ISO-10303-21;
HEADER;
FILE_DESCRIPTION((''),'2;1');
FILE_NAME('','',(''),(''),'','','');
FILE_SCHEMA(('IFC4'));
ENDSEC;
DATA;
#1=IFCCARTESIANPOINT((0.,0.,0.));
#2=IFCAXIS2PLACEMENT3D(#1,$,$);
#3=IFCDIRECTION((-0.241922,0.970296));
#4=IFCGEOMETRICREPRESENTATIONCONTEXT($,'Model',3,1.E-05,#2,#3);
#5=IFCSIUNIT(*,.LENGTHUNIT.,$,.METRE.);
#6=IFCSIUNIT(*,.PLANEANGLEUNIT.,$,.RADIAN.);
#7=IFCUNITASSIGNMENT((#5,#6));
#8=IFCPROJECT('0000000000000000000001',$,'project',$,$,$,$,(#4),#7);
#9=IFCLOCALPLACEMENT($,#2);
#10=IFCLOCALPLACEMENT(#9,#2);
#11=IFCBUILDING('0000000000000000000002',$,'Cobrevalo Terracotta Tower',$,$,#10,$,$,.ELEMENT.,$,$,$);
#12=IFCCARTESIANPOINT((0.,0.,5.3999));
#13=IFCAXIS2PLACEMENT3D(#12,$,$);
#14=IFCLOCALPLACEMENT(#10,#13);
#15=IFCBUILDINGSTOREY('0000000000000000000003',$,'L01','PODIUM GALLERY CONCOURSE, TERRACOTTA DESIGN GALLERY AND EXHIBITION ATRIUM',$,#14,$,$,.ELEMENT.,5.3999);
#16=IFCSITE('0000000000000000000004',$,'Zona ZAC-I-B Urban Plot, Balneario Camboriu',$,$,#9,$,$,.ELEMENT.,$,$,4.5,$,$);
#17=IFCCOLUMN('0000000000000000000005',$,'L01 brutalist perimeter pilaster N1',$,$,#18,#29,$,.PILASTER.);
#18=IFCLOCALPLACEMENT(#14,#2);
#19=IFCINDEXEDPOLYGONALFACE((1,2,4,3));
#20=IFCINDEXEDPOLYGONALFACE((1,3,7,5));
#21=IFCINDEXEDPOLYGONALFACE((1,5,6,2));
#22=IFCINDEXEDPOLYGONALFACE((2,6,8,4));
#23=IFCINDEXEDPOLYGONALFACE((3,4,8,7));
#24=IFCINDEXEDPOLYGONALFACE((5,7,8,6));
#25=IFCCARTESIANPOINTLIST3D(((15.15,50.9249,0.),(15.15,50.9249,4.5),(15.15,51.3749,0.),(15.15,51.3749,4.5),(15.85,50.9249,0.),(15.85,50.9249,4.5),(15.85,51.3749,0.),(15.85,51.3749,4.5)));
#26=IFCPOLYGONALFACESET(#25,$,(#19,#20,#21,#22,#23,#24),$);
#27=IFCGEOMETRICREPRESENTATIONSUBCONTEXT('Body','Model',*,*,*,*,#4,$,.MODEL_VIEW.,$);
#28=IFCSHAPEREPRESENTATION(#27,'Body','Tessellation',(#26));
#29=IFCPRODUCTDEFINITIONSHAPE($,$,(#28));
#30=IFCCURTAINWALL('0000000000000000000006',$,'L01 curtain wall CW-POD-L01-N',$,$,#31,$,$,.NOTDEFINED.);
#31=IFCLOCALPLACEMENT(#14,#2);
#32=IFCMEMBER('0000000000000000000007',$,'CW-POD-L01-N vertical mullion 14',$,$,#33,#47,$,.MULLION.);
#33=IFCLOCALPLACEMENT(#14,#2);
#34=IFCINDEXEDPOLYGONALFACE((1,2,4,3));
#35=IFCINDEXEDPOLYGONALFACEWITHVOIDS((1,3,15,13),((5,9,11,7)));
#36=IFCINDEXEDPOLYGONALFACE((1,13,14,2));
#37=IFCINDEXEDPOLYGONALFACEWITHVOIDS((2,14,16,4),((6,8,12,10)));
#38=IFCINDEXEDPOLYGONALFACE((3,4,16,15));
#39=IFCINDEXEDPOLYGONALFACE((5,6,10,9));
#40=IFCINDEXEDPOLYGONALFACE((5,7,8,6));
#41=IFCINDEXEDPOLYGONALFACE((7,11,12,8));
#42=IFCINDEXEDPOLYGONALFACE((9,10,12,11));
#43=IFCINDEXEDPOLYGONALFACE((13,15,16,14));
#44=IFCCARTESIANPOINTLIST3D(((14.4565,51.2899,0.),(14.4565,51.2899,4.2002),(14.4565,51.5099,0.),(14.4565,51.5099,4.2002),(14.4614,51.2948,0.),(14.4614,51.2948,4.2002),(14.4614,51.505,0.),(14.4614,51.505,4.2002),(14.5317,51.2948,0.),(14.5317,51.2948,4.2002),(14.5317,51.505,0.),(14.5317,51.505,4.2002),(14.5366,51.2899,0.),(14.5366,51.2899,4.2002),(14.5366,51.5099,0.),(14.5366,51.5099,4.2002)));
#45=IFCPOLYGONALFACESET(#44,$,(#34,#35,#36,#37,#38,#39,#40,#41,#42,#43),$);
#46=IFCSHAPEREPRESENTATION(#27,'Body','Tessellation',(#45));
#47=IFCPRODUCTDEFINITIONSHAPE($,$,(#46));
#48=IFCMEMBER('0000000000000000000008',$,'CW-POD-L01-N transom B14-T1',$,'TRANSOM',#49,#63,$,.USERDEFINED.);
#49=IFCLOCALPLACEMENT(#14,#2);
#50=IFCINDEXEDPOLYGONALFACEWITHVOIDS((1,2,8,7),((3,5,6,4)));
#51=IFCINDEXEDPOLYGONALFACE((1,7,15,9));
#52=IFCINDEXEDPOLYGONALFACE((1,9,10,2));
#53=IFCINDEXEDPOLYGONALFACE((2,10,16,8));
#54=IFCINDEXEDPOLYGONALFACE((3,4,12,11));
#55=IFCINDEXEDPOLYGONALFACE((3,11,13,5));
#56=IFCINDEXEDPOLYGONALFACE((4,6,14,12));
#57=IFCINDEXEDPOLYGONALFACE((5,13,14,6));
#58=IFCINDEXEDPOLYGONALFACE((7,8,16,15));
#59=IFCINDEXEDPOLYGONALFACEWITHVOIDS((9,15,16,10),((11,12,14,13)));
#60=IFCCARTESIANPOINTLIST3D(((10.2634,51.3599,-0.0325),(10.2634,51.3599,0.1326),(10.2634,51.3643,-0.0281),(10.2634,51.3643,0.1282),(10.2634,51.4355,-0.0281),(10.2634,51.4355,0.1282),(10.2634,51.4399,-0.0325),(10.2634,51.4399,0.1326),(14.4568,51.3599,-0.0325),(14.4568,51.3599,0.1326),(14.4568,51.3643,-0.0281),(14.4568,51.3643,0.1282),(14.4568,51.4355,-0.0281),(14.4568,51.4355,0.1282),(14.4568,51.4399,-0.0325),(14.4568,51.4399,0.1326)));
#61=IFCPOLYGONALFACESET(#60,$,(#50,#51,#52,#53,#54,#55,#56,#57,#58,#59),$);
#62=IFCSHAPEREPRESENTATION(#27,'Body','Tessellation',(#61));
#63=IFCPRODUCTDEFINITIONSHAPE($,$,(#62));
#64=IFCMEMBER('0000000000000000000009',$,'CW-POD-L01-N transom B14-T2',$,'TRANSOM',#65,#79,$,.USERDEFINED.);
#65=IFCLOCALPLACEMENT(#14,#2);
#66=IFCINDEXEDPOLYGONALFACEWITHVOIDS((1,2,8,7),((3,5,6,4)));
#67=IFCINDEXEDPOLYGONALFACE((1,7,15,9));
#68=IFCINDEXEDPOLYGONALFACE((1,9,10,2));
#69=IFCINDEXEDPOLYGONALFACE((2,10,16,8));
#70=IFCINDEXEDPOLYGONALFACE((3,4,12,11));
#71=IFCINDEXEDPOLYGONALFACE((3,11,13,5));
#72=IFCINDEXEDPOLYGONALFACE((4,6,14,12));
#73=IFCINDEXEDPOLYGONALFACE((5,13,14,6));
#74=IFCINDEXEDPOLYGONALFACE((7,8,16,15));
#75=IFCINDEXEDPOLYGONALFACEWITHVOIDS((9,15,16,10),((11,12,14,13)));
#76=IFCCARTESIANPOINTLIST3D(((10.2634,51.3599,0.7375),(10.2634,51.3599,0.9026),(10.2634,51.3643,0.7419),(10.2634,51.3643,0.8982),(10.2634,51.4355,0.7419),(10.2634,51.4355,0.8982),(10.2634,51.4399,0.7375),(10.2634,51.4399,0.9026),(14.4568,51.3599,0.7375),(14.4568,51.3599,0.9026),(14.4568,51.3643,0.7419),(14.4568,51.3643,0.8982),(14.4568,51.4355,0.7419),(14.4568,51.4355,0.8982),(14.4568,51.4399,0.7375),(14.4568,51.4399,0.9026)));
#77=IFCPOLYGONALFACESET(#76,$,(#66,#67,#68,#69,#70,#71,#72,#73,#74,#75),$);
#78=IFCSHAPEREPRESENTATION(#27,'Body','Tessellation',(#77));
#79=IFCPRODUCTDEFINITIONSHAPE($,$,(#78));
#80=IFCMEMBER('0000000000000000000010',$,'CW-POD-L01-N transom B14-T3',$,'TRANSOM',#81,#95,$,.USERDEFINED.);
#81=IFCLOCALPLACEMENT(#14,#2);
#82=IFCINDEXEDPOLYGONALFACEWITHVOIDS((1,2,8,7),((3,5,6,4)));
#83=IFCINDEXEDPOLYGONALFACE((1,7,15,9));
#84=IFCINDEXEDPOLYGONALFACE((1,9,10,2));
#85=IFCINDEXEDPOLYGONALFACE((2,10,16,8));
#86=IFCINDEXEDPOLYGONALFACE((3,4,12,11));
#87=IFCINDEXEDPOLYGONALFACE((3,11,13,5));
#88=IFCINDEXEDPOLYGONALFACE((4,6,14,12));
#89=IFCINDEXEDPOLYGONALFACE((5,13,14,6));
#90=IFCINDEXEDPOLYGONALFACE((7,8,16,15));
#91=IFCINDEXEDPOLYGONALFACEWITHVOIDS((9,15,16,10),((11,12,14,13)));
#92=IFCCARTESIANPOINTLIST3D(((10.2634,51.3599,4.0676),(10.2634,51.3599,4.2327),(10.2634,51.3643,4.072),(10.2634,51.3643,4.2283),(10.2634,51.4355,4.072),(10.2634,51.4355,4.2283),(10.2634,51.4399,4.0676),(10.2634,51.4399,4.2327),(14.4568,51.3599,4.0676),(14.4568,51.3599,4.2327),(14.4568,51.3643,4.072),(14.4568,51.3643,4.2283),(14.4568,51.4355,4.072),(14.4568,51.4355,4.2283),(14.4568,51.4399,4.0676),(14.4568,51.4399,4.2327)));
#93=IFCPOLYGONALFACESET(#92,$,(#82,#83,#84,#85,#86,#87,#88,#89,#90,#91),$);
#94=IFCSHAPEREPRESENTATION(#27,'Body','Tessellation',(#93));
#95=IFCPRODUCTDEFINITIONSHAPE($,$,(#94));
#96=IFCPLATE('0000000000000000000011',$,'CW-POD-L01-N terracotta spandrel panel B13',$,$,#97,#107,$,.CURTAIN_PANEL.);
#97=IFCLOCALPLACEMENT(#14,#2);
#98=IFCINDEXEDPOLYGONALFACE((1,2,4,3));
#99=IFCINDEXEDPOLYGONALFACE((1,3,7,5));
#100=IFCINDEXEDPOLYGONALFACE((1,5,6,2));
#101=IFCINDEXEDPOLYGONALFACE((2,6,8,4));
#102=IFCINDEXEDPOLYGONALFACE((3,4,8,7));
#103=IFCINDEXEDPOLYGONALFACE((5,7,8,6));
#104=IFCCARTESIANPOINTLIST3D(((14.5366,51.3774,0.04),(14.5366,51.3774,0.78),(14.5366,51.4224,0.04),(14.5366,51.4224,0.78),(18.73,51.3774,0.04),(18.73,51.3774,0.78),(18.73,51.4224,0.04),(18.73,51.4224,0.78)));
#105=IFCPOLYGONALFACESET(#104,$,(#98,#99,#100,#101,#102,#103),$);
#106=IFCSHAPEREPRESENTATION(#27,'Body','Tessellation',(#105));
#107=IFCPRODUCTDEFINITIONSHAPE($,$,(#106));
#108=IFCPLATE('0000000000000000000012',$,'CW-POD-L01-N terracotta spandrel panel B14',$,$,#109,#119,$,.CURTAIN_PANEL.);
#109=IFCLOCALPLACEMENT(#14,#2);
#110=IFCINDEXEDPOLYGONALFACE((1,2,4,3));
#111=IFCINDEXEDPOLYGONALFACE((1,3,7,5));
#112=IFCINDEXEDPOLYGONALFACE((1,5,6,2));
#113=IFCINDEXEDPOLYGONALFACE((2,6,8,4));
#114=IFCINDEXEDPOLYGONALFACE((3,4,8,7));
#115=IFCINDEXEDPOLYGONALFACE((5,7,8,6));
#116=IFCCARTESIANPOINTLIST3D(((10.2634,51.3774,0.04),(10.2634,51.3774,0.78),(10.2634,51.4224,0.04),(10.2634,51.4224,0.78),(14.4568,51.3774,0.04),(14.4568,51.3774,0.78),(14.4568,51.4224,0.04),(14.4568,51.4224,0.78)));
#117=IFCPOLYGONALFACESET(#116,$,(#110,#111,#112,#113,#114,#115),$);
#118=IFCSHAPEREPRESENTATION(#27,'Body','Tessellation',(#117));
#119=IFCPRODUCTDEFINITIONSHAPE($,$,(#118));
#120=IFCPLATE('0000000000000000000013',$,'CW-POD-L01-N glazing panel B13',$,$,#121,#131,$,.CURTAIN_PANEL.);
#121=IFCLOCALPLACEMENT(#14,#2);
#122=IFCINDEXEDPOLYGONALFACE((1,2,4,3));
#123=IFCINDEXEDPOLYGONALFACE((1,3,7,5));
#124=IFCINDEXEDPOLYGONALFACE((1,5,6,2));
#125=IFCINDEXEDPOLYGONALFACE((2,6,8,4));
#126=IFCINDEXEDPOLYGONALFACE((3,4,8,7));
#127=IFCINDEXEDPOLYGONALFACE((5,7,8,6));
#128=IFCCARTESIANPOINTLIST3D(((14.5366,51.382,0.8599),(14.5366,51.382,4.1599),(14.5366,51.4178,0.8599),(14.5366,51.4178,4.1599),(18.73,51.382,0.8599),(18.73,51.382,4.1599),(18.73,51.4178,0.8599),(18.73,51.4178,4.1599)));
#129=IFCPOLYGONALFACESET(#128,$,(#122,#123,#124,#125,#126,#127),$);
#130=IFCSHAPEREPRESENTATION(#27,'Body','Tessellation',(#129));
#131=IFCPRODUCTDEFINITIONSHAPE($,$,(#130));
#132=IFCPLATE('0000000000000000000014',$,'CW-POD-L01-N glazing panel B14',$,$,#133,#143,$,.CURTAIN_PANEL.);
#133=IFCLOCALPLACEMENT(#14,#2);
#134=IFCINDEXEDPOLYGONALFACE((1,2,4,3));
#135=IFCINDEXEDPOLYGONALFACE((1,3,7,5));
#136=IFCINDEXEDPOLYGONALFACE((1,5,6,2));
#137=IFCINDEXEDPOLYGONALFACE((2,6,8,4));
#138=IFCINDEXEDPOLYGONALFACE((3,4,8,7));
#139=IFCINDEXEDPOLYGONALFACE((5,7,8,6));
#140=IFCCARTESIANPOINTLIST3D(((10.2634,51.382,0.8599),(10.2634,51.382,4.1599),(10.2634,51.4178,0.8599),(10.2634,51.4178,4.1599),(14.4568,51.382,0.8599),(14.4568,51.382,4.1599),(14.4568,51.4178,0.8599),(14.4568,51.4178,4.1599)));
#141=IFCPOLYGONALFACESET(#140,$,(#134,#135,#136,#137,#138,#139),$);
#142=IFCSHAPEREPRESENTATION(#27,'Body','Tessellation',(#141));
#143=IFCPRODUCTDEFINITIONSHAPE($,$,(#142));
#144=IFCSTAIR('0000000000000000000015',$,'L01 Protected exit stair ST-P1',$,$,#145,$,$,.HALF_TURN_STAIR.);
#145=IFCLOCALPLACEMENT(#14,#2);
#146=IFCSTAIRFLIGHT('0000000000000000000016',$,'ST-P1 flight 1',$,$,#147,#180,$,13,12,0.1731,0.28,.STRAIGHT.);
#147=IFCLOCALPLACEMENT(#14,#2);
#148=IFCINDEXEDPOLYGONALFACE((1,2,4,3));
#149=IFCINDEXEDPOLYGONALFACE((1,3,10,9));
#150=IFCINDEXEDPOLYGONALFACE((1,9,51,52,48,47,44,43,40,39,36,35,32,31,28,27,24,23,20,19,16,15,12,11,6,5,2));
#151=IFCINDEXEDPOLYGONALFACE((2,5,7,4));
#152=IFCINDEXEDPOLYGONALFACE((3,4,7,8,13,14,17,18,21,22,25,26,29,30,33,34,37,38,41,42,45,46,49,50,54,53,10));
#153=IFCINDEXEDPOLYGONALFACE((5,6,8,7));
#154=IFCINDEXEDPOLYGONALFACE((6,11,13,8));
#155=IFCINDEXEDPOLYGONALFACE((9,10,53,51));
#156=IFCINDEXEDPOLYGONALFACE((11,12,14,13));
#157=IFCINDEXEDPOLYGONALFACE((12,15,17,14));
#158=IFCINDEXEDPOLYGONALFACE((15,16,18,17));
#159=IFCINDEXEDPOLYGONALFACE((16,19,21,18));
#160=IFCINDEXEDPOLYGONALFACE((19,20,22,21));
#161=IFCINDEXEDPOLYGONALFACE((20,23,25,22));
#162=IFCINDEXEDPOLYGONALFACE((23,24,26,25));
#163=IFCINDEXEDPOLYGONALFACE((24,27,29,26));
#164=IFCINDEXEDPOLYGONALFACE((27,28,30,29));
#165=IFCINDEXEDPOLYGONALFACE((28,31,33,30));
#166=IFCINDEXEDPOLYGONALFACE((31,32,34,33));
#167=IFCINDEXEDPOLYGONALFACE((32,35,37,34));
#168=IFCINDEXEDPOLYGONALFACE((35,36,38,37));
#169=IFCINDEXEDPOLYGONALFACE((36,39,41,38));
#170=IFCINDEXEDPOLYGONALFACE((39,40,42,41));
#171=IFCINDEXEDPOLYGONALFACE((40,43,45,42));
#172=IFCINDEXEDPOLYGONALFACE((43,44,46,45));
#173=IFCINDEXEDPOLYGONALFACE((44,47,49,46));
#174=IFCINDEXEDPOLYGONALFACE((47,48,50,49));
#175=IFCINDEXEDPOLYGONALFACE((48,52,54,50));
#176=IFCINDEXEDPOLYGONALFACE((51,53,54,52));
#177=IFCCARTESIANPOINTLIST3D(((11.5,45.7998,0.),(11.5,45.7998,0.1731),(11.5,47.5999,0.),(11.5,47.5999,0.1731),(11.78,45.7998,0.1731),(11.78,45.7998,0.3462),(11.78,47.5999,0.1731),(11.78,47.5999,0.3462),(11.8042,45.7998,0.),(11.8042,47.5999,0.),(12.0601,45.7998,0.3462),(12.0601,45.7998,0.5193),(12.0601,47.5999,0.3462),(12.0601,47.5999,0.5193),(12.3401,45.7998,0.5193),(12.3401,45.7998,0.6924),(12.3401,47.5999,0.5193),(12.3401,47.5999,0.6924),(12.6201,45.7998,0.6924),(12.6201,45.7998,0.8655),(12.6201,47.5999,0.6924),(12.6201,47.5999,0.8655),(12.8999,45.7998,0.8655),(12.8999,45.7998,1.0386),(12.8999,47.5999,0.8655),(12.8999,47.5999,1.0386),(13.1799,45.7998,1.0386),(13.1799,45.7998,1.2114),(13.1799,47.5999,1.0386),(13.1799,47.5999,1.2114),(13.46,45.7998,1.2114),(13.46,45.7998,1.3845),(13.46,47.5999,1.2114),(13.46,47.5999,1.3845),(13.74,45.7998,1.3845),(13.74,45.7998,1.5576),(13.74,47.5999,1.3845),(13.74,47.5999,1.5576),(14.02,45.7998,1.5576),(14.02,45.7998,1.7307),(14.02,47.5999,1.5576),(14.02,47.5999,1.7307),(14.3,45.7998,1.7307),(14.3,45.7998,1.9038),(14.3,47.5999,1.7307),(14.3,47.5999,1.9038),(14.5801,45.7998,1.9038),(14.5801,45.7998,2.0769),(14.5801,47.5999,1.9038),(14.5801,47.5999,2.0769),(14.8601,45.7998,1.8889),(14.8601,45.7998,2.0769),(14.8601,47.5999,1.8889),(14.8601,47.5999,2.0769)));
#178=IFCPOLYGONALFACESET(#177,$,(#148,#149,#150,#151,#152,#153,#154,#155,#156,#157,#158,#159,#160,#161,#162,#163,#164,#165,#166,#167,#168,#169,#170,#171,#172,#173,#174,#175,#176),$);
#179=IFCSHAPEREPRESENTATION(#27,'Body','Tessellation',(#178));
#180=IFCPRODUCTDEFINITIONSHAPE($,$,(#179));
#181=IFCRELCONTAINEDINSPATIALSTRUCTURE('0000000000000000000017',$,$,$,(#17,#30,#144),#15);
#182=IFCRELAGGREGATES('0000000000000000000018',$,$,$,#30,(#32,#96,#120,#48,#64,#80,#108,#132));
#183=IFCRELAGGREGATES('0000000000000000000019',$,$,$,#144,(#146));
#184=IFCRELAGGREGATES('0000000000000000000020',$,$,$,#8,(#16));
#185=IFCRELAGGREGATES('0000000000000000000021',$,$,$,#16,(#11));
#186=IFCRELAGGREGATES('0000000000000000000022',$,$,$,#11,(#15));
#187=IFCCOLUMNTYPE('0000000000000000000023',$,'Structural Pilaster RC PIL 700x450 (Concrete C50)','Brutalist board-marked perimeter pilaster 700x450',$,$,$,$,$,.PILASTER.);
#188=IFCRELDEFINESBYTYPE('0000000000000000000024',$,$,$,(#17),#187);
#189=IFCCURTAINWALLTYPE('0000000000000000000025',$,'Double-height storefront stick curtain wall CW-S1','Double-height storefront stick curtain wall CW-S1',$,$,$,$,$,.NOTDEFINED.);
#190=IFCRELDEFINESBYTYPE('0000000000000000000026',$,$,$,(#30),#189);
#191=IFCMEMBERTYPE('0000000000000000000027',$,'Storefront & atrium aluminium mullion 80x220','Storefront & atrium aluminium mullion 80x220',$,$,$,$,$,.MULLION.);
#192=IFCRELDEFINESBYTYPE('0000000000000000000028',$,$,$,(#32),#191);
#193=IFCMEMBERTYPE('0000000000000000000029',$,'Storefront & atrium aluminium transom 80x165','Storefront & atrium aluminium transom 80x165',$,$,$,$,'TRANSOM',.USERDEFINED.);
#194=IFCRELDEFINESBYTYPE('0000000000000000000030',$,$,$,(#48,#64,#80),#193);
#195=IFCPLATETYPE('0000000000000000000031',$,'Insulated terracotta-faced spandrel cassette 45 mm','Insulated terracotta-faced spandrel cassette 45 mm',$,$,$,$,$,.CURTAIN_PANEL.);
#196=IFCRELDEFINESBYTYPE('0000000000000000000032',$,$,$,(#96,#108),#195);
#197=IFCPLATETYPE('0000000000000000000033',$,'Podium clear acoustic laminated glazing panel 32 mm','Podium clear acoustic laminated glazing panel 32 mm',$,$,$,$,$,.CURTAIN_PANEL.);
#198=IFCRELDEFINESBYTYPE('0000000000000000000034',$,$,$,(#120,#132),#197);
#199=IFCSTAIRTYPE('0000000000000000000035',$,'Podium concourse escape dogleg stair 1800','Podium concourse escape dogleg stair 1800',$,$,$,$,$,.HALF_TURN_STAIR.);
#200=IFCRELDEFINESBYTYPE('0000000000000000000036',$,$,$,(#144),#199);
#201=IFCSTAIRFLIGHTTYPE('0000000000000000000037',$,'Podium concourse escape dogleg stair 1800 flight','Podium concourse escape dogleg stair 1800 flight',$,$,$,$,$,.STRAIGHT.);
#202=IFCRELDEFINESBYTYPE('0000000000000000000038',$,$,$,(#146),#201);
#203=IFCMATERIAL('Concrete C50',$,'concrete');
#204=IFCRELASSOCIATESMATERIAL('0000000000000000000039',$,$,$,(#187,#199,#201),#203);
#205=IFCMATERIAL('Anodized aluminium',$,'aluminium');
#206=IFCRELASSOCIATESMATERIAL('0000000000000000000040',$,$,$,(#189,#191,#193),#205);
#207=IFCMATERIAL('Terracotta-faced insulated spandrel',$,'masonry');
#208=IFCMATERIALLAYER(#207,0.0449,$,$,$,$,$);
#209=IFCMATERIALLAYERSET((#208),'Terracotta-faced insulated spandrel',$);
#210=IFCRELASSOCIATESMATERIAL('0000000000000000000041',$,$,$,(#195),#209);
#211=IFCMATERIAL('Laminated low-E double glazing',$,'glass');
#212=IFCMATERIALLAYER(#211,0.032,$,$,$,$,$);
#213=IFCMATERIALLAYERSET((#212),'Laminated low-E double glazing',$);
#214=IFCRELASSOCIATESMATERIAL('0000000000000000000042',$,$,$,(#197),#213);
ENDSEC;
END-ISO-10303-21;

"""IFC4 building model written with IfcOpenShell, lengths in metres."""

from ifc_helpers import new_model, si_unit, direction, frame, origin, origin_2d, place, context, subcontext, project, spatial, polyline, rectangle, hollow_rectangle, outline, extrude, source, transform, mapped, material, layer, layer_set, material_profile, profile_set, type_object, element, aggregate, save


model = new_model("IFC4")

# Units and contexts
model_context = context("Model", 3, precision=1e-05, world=origin(), true_north=direction((-0.241922, 0.970296)))
body_context = subcontext(model_context, "Body", "Model", "MODEL_VIEW")
ifc_project = project(units=[si_unit("LENGTHUNIT", "METRE"), si_unit("PLANEANGLEUNIT", "RADIAN")], contexts=[model_context])

# Site, building, storey
site_placement = place(None, origin())
site = spatial("IfcSite", under=ifc_project, at=site_placement, Name="Zona ZAC-I-B Urban Plot, Balneario Camboriu", CompositionType="ELEMENT", RefElevation=4.5)
building_placement = place(site_placement, origin())
building = spatial("IfcBuilding", under=site, at=building_placement, Name="Cobrevalo Terracotta Tower", CompositionType="ELEMENT")
storey_placement = place(building_placement, frame((0.0, 0.0, 5.3999)))
storey = spatial("IfcBuildingStorey", under=building, at=storey_placement, Name="L01", Description="PODIUM GALLERY CONCOURSE, TERRACOTTA DESIGN GALLERY AND EXHIBITION ATRIUM", CompositionType="ELEMENT", Elevation=5.3999)

# Column
ifc_material_1 = material(Name="Concrete C50", Category="concrete")
ifc_material_profile_1 = material_profile(ifc_material_1, rectangle(XDim=0.7, YDim=0.45, at=origin_2d()), Name="RC PIL 700x450")
ifc_profile_set_1 = profile_set([ifc_material_profile_1], Name="Concrete C50")
column_type = type_object("IfcColumnType", Name="Structural Pilaster RC PIL 700x450 (Concrete C50)", Description="Brutalist board-marked perimeter pilaster 700x450", PredefinedType="PILASTER", material=ifc_profile_set_1)
column_placement = place(storey_placement, frame((15.5, 51.1499, 0.0), z_axis=(0.0, 0.0, 1.0), x_axis=(1.0, 0.0, 0.0)))
element("IfcColumn", 1, at=column_placement, inside=storey, type_object=column_type, Name="L01 brutalist perimeter pilaster N1", PredefinedType="PILASTER", context=body_context, shape_type="SweptSolid", body=[
    extrude(rectangle(XDim=0.7, YDim=0.45, at=origin_2d()), origin(), (0.0, 0.0, 1.0), 4.5),
])

# Curtain wall, members, plates
ifc_material_2 = material(Name="Anodized aluminium", Category="aluminium")
curtain_wall_type = type_object("IfcCurtainWallType", Name="Double-height storefront stick curtain wall CW-S1", Description="Double-height storefront stick curtain wall CW-S1", PredefinedType="NOTDEFINED", material=ifc_material_2)
curtain_wall_placement = place(storey_placement, origin())
curtain_wall = element("IfcCurtainWall", 2, at=curtain_wall_placement, inside=storey, type_object=curtain_wall_type, Name="L01 curtain wall CW-POD-L01-N", PredefinedType="NOTDEFINED")
ifc_material_profile_2 = material_profile(ifc_material_2, hollow_rectangle(XDim=0.0801, YDim=0.22, WallThickness=0.0049, at=origin_2d()), Name="CWM 80x220")
ifc_profile_set_2 = profile_set([ifc_material_profile_2], Name="Anodized aluminium")
member_type_1 = type_object("IfcMemberType", Name="Storefront & atrium aluminium mullion 80x220", Description="Storefront & atrium aluminium mullion 80x220", PredefinedType="MULLION", material=ifc_profile_set_2)
shared_shape_1 = source(origin(), body_context, "Body", "SweptSolid", [
    extrude(hollow_rectangle(XDim=0.0801, YDim=0.22, WallThickness=0.0049, at=origin_2d()), origin(), (0.0, 0.0, 1.0), 4.2002),
])
member_1_placement = place(storey_placement, frame((14.4966, 51.3999, 0.0), z_axis=(0.0, 0.0, 1.0), x_axis=(-1.0, 0.0, 0.0)))
member_1 = element("IfcMember", 3, at=member_1_placement, type_object=member_type_1, Name="CW-POD-L01-N vertical mullion 14", PredefinedType="MULLION", context=body_context, shape_type="MappedRepresentation", body=[
    mapped(shared_shape_1, transform((0.0, 0.0, 0.0), scale=1.0)),
])
ifc_material_profile_3 = material_profile(ifc_material_2, hollow_rectangle(XDim=0.0801, YDim=0.165, WallThickness=0.0044, at=origin_2d()), Name="CWT 80x165")
ifc_profile_set_3 = profile_set([ifc_material_profile_3], Name="Anodized aluminium")
member_type_2 = type_object("IfcMemberType", Name="Storefront & atrium aluminium transom 80x165", Description="Storefront & atrium aluminium transom 80x165", ElementType="TRANSOM", PredefinedType="USERDEFINED", material=ifc_profile_set_3)
shared_shape_2 = source(origin(), body_context, "Body", "SweptSolid", [
    extrude(hollow_rectangle(XDim=0.0801, YDim=0.165, WallThickness=0.0044, at=origin_2d()), origin(), (0.0, 0.0, 1.0), 4.1934),
])
member_2_placement = place(storey_placement, frame((14.4568, 51.3999, 0.05), z_axis=(-1.0, 0.0, 0.0), x_axis=(0.0, -1.0, 0.0)))
member_2 = element("IfcMember", 4, at=member_2_placement, type_object=member_type_2, Name="CW-POD-L01-N transom B14-T1", ObjectType="TRANSOM", PredefinedType="USERDEFINED", context=body_context, shape_type="MappedRepresentation", body=[
    mapped(shared_shape_2, transform((0.0, 0.0, 0.0), scale=1.0)),
])
member_3_placement = place(storey_placement, frame((14.4568, 51.3999, 0.8201), z_axis=(-1.0, 0.0, 0.0), x_axis=(0.0, -1.0, 0.0)))
member_3 = element("IfcMember", 5, at=member_3_placement, type_object=member_type_2, Name="CW-POD-L01-N transom B14-T2", ObjectType="TRANSOM", PredefinedType="USERDEFINED", context=body_context, shape_type="MappedRepresentation", body=[
    mapped(shared_shape_2, transform((0.0, 0.0, 0.0), scale=1.0)),
])
member_4_placement = place(storey_placement, frame((14.4568, 51.3999, 4.1501), z_axis=(-1.0, 0.0, 0.0), x_axis=(0.0, -1.0, 0.0)))
member_4 = element("IfcMember", 6, at=member_4_placement, type_object=member_type_2, Name="CW-POD-L01-N transom B14-T3", ObjectType="TRANSOM", PredefinedType="USERDEFINED", context=body_context, shape_type="MappedRepresentation", body=[
    mapped(shared_shape_2, transform((0.0, 0.0, 0.0), scale=1.0)),
])
ifc_material_3 = material(Name="Terracotta-faced insulated spandrel", Category="masonry")
ifc_layer_1 = layer(ifc_material_3, 0.0449)
ifc_layer_set_1 = layer_set([ifc_layer_1], Name="Terracotta-faced insulated spandrel")
plate_type_1 = type_object("IfcPlateType", Name="Insulated terracotta-faced spandrel cassette 45 mm", Description="Insulated terracotta-faced spandrel cassette 45 mm", PredefinedType="CURTAIN_PANEL", material=ifc_layer_set_1)
shared_shape_3 = source(origin(), body_context, "Body", "SweptSolid", [
    extrude(rectangle(XDim=4.1934, YDim=0.0449, at=origin_2d()), origin(), (0.0, 0.0, 1.0), 0.74),
])
plate_1_placement = place(storey_placement, frame((16.6333, 51.3999, 0.04), z_axis=(0.0, 0.0, 1.0), x_axis=(-1.0, 0.0, 0.0)))
plate_1 = element("IfcPlate", 7, at=plate_1_placement, type_object=plate_type_1, Name="CW-POD-L01-N terracotta spandrel panel B13", PredefinedType="CURTAIN_PANEL", context=body_context, shape_type="MappedRepresentation", body=[
    mapped(shared_shape_3, transform((0.0, 0.0, 0.0), scale=1.0)),
])
plate_2_placement = place(storey_placement, frame((12.3601, 51.3999, 0.04), z_axis=(0.0, 0.0, 1.0), x_axis=(-1.0, 0.0, 0.0)))
plate_2 = element("IfcPlate", 8, at=plate_2_placement, type_object=plate_type_1, Name="CW-POD-L01-N terracotta spandrel panel B14", PredefinedType="CURTAIN_PANEL", context=body_context, shape_type="MappedRepresentation", body=[
    mapped(shared_shape_3, transform((0.0, 0.0, 0.0), scale=1.0)),
])
ifc_material_4 = material(Name="Laminated low-E double glazing", Category="glass")
ifc_layer_2 = layer(ifc_material_4, 0.032)
ifc_layer_set_2 = layer_set([ifc_layer_2], Name="Laminated low-E double glazing")
plate_type_2 = type_object("IfcPlateType", Name="Podium clear acoustic laminated glazing panel 32 mm", Description="Podium clear acoustic laminated glazing panel 32 mm", PredefinedType="CURTAIN_PANEL", material=ifc_layer_set_2)
shared_shape_4 = source(origin(), body_context, "Body", "SweptSolid", [
    extrude(rectangle(XDim=4.1934, YDim=0.0359, at=origin_2d()), origin(), (0.0, 0.0, 1.0), 3.3),
])
plate_3_placement = place(storey_placement, frame((16.6333, 51.3999, 0.8599), z_axis=(0.0, 0.0, 1.0), x_axis=(-1.0, 0.0, 0.0)))
plate_3 = element("IfcPlate", 9, at=plate_3_placement, type_object=plate_type_2, Name="CW-POD-L01-N glazing panel B13", PredefinedType="CURTAIN_PANEL", context=body_context, shape_type="MappedRepresentation", body=[
    mapped(shared_shape_4, transform((0.0, 0.0, 0.0), scale=1.0)),
])
plate_4_placement = place(storey_placement, frame((12.3601, 51.3999, 0.8599), z_axis=(0.0, 0.0, 1.0), x_axis=(-1.0, 0.0, 0.0)))
plate_4 = element("IfcPlate", 10, at=plate_4_placement, type_object=plate_type_2, Name="CW-POD-L01-N glazing panel B14", PredefinedType="CURTAIN_PANEL", context=body_context, shape_type="MappedRepresentation", body=[
    mapped(shared_shape_4, transform((0.0, 0.0, 0.0), scale=1.0)),
])
aggregate(curtain_wall, [member_1, plate_1, plate_3, member_2, member_3, member_4, plate_2, plate_4])

# Stair, stair flight
stair_type = type_object("IfcStairType", Name="Podium concourse escape dogleg stair 1800", Description="Podium concourse escape dogleg stair 1800", PredefinedType="HALF_TURN_STAIR", material=ifc_material_1)
stair_placement = place(storey_placement, origin())
stair = element("IfcStair", 11, at=stair_placement, inside=storey, type_object=stair_type, Name="L01 Protected exit stair ST-P1", PredefinedType="HALF_TURN_STAIR")
stair_flight_type = type_object("IfcStairFlightType", Name="Podium concourse escape dogleg stair 1800 flight", Description="Podium concourse escape dogleg stair 1800 flight", PredefinedType="STRAIGHT", material=ifc_material_1)
stair_flight_1_placement = place(storey_placement, frame((11.5, 46.7, 0.0), z_axis=(0.0, 0.0, 1.0), x_axis=(1.0, 0.0, 0.0)))
stair_flight_1 = element("IfcStairFlight", 12, at=stair_flight_1_placement, type_object=stair_flight_type, Name="ST-P1 flight 1", NumberOfRisers=13, NumberOfTreads=12, PredefinedType="STRAIGHT", RiserHeight=0.1731, TreadLength=0.28, context=body_context, shape_type="SweptSolid", body=[
    extrude(outline(polyline([(0.0, 0.0), (0.0, 0.1731), (0.28, 0.1731), (0.28, 0.3462), (0.5601, 0.3462), (0.5601, 0.5193), (0.8401, 0.5193), (0.8401, 0.6924), (1.1201, 0.6924), (1.1201, 0.8655), (1.3999, 0.8655), (1.3999, 1.0386), (1.6799, 1.0386), (1.6799, 1.2114), (1.96, 1.2114), (1.96, 1.3845), (2.24, 1.3845), (2.24, 1.5576), (2.52, 1.5576), (2.52, 1.7307), (2.8, 1.7307), (2.8, 1.9038), (3.0801, 1.9038), (3.0801, 2.0769), (3.3601, 2.0769), (3.3601, 2.25), (3.3601, 1.8889), (0.3042, 0.0), (0.0, 0.0)])), frame((0.0, 0.8999, 0.0), z_axis=(0.0, -1.0, 0.0), x_axis=(1.0, 0.0, 0.0)), (0.0, 0.0, 1.0), 1.8),
])
aggregate(stair, [stair_flight_1])

save(model, "model.ifc")
